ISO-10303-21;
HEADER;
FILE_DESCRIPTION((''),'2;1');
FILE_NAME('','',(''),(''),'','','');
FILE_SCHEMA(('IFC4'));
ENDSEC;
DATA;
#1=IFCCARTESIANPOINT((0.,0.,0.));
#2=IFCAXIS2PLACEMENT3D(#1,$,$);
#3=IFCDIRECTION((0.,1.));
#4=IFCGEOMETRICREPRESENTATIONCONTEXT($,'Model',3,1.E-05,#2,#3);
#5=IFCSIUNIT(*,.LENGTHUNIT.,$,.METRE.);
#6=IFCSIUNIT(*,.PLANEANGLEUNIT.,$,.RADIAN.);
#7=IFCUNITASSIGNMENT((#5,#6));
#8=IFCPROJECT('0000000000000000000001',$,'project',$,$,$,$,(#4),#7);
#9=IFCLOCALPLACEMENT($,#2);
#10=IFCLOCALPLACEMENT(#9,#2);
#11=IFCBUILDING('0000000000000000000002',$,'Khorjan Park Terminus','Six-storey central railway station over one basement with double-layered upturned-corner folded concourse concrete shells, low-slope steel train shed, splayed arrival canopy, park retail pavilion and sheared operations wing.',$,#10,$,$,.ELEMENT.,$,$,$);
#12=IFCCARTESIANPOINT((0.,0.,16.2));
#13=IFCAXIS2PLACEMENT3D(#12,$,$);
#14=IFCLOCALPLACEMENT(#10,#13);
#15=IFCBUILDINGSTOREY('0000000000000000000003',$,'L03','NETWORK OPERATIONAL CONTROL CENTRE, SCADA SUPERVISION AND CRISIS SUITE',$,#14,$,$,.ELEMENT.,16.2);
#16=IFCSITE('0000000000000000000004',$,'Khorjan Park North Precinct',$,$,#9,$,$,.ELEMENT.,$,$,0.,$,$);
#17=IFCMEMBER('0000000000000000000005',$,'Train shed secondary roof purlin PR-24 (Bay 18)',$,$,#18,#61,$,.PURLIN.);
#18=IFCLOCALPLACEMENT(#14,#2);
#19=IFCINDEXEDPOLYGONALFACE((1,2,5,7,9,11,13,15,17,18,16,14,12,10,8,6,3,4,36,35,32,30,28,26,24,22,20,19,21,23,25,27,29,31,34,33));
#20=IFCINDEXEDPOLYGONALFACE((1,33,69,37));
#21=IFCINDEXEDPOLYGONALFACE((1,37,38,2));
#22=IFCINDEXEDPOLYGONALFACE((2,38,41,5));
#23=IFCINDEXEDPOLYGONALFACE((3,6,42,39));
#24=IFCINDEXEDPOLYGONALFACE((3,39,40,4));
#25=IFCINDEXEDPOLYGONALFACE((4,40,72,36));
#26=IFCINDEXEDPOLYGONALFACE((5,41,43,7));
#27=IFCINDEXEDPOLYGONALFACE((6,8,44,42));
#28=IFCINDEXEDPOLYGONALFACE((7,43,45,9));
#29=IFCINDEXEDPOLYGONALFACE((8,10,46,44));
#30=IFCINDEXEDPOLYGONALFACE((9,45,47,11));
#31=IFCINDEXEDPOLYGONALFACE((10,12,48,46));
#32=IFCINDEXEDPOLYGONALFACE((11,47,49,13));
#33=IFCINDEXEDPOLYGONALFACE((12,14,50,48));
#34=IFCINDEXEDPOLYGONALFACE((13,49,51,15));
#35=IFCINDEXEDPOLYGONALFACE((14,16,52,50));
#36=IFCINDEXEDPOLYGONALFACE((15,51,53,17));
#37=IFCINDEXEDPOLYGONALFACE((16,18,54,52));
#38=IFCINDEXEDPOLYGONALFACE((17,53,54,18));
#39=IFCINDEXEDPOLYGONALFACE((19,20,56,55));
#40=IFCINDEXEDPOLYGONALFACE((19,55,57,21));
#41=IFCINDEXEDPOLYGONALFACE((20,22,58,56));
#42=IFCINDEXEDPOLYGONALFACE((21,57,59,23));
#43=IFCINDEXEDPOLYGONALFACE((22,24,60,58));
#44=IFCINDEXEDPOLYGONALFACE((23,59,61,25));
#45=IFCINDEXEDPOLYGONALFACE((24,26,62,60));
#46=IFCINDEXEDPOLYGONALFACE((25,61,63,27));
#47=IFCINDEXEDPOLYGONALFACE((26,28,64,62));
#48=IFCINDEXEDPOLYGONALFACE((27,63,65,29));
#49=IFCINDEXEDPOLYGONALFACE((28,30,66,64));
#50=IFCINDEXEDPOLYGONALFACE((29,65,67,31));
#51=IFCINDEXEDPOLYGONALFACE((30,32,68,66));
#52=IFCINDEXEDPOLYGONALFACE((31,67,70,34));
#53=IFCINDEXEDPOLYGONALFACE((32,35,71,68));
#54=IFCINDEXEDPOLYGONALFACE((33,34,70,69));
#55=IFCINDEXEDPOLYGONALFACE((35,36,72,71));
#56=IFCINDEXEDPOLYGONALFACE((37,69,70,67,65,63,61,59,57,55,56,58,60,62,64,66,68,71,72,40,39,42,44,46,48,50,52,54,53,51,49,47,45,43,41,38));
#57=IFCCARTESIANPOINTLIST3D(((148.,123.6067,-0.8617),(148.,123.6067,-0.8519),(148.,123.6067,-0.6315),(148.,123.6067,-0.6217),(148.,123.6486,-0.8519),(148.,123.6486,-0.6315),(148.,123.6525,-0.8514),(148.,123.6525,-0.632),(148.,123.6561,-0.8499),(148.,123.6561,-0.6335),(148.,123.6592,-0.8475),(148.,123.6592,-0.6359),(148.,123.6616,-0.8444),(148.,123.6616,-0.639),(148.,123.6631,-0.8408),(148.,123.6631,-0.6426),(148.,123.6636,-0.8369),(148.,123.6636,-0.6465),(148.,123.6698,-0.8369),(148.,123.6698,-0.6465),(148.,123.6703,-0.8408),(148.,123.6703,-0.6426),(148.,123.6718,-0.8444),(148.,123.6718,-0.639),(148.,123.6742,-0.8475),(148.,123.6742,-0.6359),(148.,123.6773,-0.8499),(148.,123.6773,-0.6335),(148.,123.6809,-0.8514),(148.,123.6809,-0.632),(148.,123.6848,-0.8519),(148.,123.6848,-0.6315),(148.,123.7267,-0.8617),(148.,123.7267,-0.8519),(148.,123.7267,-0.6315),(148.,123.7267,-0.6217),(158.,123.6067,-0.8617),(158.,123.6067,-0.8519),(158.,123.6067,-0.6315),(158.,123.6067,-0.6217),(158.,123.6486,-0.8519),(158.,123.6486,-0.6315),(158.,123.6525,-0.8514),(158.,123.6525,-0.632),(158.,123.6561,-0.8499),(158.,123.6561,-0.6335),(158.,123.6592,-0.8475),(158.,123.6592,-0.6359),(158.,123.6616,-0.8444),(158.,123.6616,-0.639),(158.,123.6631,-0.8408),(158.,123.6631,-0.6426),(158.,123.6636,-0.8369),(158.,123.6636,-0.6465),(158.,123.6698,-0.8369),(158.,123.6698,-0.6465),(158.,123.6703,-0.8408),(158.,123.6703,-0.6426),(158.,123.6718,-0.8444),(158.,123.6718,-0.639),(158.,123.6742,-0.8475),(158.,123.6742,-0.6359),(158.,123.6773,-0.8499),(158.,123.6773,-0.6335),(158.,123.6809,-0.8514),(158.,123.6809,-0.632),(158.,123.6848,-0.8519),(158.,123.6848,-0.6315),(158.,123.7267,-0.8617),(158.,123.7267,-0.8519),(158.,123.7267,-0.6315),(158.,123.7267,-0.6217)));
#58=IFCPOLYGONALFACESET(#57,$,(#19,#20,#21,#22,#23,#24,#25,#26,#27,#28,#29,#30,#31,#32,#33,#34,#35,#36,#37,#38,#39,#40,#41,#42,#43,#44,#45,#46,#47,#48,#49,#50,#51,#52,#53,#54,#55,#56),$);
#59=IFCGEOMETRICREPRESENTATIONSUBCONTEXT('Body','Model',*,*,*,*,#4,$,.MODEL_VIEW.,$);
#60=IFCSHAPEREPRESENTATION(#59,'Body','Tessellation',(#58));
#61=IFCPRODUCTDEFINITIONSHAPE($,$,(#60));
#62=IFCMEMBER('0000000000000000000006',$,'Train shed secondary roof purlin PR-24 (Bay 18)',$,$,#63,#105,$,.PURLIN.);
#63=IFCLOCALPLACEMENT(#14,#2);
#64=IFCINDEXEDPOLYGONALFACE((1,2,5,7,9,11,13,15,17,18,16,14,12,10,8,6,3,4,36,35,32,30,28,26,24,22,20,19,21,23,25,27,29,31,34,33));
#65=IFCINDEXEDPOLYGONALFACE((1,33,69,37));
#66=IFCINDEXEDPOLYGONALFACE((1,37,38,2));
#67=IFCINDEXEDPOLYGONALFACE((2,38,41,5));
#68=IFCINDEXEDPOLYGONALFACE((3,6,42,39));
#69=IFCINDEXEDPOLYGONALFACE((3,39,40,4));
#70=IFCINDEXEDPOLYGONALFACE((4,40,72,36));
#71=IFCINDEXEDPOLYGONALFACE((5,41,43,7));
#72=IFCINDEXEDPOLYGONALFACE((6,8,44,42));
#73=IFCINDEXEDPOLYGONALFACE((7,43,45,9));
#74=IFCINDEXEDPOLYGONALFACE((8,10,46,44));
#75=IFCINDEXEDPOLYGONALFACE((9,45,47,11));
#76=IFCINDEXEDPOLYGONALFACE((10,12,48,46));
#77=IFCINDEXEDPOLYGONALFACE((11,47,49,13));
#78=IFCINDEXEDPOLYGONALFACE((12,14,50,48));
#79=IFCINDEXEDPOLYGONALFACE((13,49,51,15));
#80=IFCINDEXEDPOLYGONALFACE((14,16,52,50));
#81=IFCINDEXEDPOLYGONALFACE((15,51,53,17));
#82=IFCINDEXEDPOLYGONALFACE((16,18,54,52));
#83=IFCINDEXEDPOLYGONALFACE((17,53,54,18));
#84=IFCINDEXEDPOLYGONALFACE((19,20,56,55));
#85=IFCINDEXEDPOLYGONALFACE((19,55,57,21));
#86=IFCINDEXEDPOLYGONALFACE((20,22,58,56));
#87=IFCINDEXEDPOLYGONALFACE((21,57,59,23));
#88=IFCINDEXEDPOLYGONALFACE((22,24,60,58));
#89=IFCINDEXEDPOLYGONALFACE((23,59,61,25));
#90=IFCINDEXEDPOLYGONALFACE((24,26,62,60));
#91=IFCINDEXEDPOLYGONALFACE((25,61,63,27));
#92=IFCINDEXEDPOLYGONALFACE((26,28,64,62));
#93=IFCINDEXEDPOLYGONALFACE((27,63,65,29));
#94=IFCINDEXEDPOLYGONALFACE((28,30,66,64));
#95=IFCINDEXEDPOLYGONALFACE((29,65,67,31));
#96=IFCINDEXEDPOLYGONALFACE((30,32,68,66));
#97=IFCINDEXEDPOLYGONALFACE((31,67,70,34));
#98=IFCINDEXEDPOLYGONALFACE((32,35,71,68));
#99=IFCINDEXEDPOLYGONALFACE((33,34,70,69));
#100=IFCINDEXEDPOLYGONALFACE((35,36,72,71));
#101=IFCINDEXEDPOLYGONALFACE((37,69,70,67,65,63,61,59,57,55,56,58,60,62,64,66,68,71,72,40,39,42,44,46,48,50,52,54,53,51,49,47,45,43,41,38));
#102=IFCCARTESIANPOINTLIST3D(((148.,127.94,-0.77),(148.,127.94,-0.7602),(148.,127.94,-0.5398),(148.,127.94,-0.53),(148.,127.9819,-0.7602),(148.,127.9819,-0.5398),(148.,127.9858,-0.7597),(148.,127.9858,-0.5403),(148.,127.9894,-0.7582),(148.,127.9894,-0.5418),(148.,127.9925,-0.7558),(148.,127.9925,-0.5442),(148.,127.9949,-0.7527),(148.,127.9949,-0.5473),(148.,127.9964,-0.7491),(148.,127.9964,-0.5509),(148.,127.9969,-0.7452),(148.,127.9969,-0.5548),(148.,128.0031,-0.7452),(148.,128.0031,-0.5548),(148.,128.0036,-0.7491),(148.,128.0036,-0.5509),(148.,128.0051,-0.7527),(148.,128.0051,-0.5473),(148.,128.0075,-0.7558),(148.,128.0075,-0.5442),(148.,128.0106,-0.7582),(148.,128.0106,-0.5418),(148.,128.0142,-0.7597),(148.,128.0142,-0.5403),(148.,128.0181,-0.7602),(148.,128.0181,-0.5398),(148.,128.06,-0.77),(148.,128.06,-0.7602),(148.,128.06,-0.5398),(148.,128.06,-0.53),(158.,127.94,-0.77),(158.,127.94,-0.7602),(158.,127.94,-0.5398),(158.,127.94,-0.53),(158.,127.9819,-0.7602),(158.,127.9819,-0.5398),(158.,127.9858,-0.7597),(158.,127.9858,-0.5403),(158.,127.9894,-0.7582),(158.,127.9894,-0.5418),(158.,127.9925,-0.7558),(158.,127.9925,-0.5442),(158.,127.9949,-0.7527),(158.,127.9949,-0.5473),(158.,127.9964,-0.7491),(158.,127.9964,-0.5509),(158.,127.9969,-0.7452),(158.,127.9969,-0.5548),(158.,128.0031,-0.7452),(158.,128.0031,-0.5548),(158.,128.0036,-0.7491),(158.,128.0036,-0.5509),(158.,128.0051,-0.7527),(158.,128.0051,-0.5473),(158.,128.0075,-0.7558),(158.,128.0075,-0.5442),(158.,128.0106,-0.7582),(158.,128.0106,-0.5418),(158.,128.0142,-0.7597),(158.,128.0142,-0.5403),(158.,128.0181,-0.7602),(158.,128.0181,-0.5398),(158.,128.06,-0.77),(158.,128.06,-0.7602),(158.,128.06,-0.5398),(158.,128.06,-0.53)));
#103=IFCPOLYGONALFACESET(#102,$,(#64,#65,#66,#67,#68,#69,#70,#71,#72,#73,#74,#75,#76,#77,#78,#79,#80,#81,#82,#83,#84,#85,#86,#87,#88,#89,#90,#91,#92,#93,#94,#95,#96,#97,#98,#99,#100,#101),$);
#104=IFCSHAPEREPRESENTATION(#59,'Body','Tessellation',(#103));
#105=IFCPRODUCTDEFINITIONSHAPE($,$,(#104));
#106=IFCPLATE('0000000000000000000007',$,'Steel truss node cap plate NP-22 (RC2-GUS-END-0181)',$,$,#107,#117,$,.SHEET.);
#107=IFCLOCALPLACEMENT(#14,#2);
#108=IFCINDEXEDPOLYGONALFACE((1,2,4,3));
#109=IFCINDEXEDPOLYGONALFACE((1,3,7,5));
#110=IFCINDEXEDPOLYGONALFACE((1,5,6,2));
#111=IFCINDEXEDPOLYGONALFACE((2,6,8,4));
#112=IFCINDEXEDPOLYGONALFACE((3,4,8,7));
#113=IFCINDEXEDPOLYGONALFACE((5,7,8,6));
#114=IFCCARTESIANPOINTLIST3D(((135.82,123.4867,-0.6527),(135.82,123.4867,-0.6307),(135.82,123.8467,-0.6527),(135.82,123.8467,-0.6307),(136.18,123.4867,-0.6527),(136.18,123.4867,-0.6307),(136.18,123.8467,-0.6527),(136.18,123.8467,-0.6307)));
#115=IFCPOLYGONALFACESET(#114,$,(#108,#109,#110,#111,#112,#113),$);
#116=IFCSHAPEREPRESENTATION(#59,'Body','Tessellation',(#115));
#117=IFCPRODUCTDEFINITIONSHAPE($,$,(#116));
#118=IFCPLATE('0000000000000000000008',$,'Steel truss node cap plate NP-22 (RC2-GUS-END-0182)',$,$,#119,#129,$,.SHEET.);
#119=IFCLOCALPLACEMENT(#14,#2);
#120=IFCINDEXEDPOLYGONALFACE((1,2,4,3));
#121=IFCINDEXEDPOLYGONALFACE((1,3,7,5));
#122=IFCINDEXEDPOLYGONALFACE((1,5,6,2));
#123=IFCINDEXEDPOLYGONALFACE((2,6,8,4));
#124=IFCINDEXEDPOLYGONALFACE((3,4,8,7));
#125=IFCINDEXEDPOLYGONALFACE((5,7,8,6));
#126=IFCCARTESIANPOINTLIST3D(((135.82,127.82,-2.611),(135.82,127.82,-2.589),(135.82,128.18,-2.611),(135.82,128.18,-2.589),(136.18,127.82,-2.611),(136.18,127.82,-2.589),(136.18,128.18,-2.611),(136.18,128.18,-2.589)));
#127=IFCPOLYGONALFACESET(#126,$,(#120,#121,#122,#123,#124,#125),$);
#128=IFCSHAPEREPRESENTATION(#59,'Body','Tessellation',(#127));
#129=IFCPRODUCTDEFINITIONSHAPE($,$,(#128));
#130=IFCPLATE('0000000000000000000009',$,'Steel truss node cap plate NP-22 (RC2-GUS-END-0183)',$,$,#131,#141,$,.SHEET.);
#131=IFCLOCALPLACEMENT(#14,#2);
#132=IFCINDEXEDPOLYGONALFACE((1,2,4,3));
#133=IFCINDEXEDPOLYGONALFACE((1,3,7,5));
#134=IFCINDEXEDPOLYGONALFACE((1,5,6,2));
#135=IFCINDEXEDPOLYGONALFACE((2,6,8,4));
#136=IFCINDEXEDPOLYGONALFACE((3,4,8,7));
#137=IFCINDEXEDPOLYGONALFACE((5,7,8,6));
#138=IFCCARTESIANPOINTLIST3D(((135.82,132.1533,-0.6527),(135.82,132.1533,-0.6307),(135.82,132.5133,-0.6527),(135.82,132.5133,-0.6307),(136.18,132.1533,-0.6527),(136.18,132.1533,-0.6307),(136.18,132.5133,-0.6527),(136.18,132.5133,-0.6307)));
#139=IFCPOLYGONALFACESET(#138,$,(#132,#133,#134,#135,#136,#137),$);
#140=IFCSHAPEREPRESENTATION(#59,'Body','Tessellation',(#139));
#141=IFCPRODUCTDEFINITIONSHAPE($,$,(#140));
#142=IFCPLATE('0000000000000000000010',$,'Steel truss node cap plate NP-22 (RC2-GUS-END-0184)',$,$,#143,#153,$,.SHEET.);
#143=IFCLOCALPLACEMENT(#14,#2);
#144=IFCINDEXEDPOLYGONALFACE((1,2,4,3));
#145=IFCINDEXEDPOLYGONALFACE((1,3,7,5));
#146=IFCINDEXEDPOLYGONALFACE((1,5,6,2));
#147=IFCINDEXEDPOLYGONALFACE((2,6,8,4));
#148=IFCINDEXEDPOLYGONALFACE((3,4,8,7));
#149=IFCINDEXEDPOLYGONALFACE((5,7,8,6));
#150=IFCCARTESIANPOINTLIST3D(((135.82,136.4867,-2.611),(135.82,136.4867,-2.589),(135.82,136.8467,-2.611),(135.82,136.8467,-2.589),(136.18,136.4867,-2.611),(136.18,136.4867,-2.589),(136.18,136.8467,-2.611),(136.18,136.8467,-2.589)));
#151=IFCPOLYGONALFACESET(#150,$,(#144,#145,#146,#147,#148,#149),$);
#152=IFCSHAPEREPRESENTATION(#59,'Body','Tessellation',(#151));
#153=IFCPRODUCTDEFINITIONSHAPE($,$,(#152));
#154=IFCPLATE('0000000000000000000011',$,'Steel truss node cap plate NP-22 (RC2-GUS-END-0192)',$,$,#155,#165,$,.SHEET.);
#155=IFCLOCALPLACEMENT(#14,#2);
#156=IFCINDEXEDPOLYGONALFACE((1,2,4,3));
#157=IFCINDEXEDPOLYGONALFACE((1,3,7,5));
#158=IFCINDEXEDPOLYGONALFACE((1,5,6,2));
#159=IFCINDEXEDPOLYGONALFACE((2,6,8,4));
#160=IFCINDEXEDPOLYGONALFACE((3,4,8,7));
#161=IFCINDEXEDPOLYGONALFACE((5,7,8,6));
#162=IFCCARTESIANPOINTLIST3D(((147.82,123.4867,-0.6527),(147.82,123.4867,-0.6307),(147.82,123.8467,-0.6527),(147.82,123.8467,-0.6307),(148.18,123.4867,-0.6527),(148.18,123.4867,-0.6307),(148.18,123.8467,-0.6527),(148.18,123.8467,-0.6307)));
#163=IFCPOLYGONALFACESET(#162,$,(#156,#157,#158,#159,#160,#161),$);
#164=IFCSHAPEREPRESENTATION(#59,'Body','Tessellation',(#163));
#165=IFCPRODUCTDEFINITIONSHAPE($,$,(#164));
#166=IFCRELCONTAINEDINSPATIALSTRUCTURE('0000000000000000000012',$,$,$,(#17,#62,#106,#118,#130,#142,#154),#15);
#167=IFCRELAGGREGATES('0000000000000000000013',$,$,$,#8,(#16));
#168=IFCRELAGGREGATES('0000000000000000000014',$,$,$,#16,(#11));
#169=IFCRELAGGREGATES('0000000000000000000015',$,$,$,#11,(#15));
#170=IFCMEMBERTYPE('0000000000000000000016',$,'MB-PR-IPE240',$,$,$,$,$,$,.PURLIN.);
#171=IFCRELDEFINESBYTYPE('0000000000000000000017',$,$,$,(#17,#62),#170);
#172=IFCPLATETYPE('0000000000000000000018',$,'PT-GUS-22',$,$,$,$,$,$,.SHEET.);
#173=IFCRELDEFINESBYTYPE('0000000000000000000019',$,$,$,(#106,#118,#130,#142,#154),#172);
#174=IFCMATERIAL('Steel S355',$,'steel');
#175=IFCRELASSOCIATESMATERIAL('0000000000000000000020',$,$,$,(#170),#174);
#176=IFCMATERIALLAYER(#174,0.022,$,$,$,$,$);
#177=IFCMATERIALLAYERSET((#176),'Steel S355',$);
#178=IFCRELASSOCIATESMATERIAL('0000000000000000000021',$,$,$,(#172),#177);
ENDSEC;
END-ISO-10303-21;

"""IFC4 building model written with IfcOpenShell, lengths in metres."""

from ifc_helpers import new_model, si_unit, direction, frame, origin, origin_2d, place, context, subcontext, project, spatial, rectangle, i_section, extrude, material, layer, layer_set, material_profile, profile_set, type_object, element, save


model = new_model("IFC4")

# Units and contexts
model_context = context("Model", 3, precision=1e-05, world=origin(), true_north=direction((0.0, 1.0)))
body_context = subcontext(model_context, "Body", "Model", "MODEL_VIEW")
ifc_project = project(units=[si_unit("LENGTHUNIT", "METRE"), si_unit("PLANEANGLEUNIT", "RADIAN")], contexts=[model_context])

# Site, building, storey
site_placement = place(None, origin())
site = spatial("IfcSite", under=ifc_project, at=site_placement, Name="Khorjan Park North Precinct", CompositionType="ELEMENT", RefElevation=0.0)
building_placement = place(site_placement, origin())
building = spatial("IfcBuilding", under=site, at=building_placement, Name="Khorjan Park Terminus", Description="Six-storey central railway station over one basement with double-layered upturned-corner folded concourse concrete shells, low-slope steel train shed, splayed arrival canopy, park retail pavilion and sheared operations wing.", CompositionType="ELEMENT")
storey_placement = place(building_placement, frame((0.0, 0.0, 16.2)))
storey = spatial("IfcBuildingStorey", under=building, at=storey_placement, Name="L03", Description="NETWORK OPERATIONAL CONTROL CENTRE, SCADA SUPERVISION AND CRISIS SUITE", CompositionType="ELEMENT", Elevation=16.2)

# Members
ifc_material = material(Name="Steel S355", Category="steel")
ifc_material_profile_1 = material_profile(ifc_material, i_section(OverallWidth=0.12, OverallDepth=0.24, WebThickness=0.0062, FlangeThickness=0.0098, FilletRadius=0.015, at=origin_2d()), Name="IPE 240")
ifc_profile_set_1 = profile_set([ifc_material_profile_1], Name="Steel S355")
member_type_1 = type_object("IfcMemberType", Name="MB-PR-IPE240", PredefinedType="PURLIN", material=ifc_profile_set_1)
for number, where, z_axis, x_axis, name in (
    (1, (148.0, 123.6667, -0.7417), (1.0, 0.0, 0.0), (0.0, 1.0, 0.0), "Train shed secondary roof purlin PR-24 (Bay 18)"),
    (2, (148.0, 128.0, -0.65), (1.0, 0.0, 0.0), (0.0, 1.0, 0.0), "Train shed secondary roof purlin PR-24 (Bay 18)"),
):
    element("IfcMember", number, at=place(storey_placement, frame(where, z_axis=z_axis, x_axis=x_axis)), inside=storey, type_object=member_type_1, Name=name, PredefinedType="PURLIN", context=body_context, shape_type="SweptSolid", body=[
        extrude(i_section(OverallWidth=0.12, OverallDepth=0.24, WebThickness=0.0062, FlangeThickness=0.0098, FilletRadius=0.015, at=origin_2d()), origin(), (0.0, 0.0, 1.0), 10.0),
    ])

# Plates
ifc_layer = layer(ifc_material, 0.022)
ifc_layer_set = layer_set([ifc_layer], Name="Steel S355")
plate_type = type_object("IfcPlateType", Name="PT-GUS-22", PredefinedType="SHEET", material=ifc_layer_set)
for number, where, z_axis, x_axis, name in (
    (3, (136.0, 123.6667, -0.6527), (0.0, 0.0, 1.0), (1.0, 0.0, 0.0), "Steel truss node cap plate NP-22 (RC2-GUS-END-0181)"),
    (4, (136.0, 128.0, -2.611), (0.0, 0.0, 1.0), (1.0, 0.0, 0.0), "Steel truss node cap plate NP-22 (RC2-GUS-END-0182)"),
    (5, (136.0, 132.3333, -0.6527), (0.0, 0.0, 1.0), (1.0, 0.0, 0.0), "Steel truss node cap plate NP-22 (RC2-GUS-END-0183)"),
    (6, (136.0, 136.6667, -2.611), (0.0, 0.0, 1.0), (1.0, 0.0, 0.0), "Steel truss node cap plate NP-22 (RC2-GUS-END-0184)"),
    (7, (148.0, 123.6667, -0.6527), (0.0, 0.0, 1.0), (1.0, 0.0, 0.0), "Steel truss node cap plate NP-22 (RC2-GUS-END-0192)"),
):
    element("IfcPlate", number, at=place(storey_placement, frame(where, z_axis=z_axis, x_axis=x_axis)), inside=storey, type_object=plate_type, Name=name, PredefinedType="SHEET", context=body_context, shape_type="SweptSolid", body=[
        extrude(rectangle(XDim=0.36, YDim=0.36, at=origin_2d()), origin(), (0.0, 0.0, 1.0), 0.022),
    ])

save(model, "model.ifc")
